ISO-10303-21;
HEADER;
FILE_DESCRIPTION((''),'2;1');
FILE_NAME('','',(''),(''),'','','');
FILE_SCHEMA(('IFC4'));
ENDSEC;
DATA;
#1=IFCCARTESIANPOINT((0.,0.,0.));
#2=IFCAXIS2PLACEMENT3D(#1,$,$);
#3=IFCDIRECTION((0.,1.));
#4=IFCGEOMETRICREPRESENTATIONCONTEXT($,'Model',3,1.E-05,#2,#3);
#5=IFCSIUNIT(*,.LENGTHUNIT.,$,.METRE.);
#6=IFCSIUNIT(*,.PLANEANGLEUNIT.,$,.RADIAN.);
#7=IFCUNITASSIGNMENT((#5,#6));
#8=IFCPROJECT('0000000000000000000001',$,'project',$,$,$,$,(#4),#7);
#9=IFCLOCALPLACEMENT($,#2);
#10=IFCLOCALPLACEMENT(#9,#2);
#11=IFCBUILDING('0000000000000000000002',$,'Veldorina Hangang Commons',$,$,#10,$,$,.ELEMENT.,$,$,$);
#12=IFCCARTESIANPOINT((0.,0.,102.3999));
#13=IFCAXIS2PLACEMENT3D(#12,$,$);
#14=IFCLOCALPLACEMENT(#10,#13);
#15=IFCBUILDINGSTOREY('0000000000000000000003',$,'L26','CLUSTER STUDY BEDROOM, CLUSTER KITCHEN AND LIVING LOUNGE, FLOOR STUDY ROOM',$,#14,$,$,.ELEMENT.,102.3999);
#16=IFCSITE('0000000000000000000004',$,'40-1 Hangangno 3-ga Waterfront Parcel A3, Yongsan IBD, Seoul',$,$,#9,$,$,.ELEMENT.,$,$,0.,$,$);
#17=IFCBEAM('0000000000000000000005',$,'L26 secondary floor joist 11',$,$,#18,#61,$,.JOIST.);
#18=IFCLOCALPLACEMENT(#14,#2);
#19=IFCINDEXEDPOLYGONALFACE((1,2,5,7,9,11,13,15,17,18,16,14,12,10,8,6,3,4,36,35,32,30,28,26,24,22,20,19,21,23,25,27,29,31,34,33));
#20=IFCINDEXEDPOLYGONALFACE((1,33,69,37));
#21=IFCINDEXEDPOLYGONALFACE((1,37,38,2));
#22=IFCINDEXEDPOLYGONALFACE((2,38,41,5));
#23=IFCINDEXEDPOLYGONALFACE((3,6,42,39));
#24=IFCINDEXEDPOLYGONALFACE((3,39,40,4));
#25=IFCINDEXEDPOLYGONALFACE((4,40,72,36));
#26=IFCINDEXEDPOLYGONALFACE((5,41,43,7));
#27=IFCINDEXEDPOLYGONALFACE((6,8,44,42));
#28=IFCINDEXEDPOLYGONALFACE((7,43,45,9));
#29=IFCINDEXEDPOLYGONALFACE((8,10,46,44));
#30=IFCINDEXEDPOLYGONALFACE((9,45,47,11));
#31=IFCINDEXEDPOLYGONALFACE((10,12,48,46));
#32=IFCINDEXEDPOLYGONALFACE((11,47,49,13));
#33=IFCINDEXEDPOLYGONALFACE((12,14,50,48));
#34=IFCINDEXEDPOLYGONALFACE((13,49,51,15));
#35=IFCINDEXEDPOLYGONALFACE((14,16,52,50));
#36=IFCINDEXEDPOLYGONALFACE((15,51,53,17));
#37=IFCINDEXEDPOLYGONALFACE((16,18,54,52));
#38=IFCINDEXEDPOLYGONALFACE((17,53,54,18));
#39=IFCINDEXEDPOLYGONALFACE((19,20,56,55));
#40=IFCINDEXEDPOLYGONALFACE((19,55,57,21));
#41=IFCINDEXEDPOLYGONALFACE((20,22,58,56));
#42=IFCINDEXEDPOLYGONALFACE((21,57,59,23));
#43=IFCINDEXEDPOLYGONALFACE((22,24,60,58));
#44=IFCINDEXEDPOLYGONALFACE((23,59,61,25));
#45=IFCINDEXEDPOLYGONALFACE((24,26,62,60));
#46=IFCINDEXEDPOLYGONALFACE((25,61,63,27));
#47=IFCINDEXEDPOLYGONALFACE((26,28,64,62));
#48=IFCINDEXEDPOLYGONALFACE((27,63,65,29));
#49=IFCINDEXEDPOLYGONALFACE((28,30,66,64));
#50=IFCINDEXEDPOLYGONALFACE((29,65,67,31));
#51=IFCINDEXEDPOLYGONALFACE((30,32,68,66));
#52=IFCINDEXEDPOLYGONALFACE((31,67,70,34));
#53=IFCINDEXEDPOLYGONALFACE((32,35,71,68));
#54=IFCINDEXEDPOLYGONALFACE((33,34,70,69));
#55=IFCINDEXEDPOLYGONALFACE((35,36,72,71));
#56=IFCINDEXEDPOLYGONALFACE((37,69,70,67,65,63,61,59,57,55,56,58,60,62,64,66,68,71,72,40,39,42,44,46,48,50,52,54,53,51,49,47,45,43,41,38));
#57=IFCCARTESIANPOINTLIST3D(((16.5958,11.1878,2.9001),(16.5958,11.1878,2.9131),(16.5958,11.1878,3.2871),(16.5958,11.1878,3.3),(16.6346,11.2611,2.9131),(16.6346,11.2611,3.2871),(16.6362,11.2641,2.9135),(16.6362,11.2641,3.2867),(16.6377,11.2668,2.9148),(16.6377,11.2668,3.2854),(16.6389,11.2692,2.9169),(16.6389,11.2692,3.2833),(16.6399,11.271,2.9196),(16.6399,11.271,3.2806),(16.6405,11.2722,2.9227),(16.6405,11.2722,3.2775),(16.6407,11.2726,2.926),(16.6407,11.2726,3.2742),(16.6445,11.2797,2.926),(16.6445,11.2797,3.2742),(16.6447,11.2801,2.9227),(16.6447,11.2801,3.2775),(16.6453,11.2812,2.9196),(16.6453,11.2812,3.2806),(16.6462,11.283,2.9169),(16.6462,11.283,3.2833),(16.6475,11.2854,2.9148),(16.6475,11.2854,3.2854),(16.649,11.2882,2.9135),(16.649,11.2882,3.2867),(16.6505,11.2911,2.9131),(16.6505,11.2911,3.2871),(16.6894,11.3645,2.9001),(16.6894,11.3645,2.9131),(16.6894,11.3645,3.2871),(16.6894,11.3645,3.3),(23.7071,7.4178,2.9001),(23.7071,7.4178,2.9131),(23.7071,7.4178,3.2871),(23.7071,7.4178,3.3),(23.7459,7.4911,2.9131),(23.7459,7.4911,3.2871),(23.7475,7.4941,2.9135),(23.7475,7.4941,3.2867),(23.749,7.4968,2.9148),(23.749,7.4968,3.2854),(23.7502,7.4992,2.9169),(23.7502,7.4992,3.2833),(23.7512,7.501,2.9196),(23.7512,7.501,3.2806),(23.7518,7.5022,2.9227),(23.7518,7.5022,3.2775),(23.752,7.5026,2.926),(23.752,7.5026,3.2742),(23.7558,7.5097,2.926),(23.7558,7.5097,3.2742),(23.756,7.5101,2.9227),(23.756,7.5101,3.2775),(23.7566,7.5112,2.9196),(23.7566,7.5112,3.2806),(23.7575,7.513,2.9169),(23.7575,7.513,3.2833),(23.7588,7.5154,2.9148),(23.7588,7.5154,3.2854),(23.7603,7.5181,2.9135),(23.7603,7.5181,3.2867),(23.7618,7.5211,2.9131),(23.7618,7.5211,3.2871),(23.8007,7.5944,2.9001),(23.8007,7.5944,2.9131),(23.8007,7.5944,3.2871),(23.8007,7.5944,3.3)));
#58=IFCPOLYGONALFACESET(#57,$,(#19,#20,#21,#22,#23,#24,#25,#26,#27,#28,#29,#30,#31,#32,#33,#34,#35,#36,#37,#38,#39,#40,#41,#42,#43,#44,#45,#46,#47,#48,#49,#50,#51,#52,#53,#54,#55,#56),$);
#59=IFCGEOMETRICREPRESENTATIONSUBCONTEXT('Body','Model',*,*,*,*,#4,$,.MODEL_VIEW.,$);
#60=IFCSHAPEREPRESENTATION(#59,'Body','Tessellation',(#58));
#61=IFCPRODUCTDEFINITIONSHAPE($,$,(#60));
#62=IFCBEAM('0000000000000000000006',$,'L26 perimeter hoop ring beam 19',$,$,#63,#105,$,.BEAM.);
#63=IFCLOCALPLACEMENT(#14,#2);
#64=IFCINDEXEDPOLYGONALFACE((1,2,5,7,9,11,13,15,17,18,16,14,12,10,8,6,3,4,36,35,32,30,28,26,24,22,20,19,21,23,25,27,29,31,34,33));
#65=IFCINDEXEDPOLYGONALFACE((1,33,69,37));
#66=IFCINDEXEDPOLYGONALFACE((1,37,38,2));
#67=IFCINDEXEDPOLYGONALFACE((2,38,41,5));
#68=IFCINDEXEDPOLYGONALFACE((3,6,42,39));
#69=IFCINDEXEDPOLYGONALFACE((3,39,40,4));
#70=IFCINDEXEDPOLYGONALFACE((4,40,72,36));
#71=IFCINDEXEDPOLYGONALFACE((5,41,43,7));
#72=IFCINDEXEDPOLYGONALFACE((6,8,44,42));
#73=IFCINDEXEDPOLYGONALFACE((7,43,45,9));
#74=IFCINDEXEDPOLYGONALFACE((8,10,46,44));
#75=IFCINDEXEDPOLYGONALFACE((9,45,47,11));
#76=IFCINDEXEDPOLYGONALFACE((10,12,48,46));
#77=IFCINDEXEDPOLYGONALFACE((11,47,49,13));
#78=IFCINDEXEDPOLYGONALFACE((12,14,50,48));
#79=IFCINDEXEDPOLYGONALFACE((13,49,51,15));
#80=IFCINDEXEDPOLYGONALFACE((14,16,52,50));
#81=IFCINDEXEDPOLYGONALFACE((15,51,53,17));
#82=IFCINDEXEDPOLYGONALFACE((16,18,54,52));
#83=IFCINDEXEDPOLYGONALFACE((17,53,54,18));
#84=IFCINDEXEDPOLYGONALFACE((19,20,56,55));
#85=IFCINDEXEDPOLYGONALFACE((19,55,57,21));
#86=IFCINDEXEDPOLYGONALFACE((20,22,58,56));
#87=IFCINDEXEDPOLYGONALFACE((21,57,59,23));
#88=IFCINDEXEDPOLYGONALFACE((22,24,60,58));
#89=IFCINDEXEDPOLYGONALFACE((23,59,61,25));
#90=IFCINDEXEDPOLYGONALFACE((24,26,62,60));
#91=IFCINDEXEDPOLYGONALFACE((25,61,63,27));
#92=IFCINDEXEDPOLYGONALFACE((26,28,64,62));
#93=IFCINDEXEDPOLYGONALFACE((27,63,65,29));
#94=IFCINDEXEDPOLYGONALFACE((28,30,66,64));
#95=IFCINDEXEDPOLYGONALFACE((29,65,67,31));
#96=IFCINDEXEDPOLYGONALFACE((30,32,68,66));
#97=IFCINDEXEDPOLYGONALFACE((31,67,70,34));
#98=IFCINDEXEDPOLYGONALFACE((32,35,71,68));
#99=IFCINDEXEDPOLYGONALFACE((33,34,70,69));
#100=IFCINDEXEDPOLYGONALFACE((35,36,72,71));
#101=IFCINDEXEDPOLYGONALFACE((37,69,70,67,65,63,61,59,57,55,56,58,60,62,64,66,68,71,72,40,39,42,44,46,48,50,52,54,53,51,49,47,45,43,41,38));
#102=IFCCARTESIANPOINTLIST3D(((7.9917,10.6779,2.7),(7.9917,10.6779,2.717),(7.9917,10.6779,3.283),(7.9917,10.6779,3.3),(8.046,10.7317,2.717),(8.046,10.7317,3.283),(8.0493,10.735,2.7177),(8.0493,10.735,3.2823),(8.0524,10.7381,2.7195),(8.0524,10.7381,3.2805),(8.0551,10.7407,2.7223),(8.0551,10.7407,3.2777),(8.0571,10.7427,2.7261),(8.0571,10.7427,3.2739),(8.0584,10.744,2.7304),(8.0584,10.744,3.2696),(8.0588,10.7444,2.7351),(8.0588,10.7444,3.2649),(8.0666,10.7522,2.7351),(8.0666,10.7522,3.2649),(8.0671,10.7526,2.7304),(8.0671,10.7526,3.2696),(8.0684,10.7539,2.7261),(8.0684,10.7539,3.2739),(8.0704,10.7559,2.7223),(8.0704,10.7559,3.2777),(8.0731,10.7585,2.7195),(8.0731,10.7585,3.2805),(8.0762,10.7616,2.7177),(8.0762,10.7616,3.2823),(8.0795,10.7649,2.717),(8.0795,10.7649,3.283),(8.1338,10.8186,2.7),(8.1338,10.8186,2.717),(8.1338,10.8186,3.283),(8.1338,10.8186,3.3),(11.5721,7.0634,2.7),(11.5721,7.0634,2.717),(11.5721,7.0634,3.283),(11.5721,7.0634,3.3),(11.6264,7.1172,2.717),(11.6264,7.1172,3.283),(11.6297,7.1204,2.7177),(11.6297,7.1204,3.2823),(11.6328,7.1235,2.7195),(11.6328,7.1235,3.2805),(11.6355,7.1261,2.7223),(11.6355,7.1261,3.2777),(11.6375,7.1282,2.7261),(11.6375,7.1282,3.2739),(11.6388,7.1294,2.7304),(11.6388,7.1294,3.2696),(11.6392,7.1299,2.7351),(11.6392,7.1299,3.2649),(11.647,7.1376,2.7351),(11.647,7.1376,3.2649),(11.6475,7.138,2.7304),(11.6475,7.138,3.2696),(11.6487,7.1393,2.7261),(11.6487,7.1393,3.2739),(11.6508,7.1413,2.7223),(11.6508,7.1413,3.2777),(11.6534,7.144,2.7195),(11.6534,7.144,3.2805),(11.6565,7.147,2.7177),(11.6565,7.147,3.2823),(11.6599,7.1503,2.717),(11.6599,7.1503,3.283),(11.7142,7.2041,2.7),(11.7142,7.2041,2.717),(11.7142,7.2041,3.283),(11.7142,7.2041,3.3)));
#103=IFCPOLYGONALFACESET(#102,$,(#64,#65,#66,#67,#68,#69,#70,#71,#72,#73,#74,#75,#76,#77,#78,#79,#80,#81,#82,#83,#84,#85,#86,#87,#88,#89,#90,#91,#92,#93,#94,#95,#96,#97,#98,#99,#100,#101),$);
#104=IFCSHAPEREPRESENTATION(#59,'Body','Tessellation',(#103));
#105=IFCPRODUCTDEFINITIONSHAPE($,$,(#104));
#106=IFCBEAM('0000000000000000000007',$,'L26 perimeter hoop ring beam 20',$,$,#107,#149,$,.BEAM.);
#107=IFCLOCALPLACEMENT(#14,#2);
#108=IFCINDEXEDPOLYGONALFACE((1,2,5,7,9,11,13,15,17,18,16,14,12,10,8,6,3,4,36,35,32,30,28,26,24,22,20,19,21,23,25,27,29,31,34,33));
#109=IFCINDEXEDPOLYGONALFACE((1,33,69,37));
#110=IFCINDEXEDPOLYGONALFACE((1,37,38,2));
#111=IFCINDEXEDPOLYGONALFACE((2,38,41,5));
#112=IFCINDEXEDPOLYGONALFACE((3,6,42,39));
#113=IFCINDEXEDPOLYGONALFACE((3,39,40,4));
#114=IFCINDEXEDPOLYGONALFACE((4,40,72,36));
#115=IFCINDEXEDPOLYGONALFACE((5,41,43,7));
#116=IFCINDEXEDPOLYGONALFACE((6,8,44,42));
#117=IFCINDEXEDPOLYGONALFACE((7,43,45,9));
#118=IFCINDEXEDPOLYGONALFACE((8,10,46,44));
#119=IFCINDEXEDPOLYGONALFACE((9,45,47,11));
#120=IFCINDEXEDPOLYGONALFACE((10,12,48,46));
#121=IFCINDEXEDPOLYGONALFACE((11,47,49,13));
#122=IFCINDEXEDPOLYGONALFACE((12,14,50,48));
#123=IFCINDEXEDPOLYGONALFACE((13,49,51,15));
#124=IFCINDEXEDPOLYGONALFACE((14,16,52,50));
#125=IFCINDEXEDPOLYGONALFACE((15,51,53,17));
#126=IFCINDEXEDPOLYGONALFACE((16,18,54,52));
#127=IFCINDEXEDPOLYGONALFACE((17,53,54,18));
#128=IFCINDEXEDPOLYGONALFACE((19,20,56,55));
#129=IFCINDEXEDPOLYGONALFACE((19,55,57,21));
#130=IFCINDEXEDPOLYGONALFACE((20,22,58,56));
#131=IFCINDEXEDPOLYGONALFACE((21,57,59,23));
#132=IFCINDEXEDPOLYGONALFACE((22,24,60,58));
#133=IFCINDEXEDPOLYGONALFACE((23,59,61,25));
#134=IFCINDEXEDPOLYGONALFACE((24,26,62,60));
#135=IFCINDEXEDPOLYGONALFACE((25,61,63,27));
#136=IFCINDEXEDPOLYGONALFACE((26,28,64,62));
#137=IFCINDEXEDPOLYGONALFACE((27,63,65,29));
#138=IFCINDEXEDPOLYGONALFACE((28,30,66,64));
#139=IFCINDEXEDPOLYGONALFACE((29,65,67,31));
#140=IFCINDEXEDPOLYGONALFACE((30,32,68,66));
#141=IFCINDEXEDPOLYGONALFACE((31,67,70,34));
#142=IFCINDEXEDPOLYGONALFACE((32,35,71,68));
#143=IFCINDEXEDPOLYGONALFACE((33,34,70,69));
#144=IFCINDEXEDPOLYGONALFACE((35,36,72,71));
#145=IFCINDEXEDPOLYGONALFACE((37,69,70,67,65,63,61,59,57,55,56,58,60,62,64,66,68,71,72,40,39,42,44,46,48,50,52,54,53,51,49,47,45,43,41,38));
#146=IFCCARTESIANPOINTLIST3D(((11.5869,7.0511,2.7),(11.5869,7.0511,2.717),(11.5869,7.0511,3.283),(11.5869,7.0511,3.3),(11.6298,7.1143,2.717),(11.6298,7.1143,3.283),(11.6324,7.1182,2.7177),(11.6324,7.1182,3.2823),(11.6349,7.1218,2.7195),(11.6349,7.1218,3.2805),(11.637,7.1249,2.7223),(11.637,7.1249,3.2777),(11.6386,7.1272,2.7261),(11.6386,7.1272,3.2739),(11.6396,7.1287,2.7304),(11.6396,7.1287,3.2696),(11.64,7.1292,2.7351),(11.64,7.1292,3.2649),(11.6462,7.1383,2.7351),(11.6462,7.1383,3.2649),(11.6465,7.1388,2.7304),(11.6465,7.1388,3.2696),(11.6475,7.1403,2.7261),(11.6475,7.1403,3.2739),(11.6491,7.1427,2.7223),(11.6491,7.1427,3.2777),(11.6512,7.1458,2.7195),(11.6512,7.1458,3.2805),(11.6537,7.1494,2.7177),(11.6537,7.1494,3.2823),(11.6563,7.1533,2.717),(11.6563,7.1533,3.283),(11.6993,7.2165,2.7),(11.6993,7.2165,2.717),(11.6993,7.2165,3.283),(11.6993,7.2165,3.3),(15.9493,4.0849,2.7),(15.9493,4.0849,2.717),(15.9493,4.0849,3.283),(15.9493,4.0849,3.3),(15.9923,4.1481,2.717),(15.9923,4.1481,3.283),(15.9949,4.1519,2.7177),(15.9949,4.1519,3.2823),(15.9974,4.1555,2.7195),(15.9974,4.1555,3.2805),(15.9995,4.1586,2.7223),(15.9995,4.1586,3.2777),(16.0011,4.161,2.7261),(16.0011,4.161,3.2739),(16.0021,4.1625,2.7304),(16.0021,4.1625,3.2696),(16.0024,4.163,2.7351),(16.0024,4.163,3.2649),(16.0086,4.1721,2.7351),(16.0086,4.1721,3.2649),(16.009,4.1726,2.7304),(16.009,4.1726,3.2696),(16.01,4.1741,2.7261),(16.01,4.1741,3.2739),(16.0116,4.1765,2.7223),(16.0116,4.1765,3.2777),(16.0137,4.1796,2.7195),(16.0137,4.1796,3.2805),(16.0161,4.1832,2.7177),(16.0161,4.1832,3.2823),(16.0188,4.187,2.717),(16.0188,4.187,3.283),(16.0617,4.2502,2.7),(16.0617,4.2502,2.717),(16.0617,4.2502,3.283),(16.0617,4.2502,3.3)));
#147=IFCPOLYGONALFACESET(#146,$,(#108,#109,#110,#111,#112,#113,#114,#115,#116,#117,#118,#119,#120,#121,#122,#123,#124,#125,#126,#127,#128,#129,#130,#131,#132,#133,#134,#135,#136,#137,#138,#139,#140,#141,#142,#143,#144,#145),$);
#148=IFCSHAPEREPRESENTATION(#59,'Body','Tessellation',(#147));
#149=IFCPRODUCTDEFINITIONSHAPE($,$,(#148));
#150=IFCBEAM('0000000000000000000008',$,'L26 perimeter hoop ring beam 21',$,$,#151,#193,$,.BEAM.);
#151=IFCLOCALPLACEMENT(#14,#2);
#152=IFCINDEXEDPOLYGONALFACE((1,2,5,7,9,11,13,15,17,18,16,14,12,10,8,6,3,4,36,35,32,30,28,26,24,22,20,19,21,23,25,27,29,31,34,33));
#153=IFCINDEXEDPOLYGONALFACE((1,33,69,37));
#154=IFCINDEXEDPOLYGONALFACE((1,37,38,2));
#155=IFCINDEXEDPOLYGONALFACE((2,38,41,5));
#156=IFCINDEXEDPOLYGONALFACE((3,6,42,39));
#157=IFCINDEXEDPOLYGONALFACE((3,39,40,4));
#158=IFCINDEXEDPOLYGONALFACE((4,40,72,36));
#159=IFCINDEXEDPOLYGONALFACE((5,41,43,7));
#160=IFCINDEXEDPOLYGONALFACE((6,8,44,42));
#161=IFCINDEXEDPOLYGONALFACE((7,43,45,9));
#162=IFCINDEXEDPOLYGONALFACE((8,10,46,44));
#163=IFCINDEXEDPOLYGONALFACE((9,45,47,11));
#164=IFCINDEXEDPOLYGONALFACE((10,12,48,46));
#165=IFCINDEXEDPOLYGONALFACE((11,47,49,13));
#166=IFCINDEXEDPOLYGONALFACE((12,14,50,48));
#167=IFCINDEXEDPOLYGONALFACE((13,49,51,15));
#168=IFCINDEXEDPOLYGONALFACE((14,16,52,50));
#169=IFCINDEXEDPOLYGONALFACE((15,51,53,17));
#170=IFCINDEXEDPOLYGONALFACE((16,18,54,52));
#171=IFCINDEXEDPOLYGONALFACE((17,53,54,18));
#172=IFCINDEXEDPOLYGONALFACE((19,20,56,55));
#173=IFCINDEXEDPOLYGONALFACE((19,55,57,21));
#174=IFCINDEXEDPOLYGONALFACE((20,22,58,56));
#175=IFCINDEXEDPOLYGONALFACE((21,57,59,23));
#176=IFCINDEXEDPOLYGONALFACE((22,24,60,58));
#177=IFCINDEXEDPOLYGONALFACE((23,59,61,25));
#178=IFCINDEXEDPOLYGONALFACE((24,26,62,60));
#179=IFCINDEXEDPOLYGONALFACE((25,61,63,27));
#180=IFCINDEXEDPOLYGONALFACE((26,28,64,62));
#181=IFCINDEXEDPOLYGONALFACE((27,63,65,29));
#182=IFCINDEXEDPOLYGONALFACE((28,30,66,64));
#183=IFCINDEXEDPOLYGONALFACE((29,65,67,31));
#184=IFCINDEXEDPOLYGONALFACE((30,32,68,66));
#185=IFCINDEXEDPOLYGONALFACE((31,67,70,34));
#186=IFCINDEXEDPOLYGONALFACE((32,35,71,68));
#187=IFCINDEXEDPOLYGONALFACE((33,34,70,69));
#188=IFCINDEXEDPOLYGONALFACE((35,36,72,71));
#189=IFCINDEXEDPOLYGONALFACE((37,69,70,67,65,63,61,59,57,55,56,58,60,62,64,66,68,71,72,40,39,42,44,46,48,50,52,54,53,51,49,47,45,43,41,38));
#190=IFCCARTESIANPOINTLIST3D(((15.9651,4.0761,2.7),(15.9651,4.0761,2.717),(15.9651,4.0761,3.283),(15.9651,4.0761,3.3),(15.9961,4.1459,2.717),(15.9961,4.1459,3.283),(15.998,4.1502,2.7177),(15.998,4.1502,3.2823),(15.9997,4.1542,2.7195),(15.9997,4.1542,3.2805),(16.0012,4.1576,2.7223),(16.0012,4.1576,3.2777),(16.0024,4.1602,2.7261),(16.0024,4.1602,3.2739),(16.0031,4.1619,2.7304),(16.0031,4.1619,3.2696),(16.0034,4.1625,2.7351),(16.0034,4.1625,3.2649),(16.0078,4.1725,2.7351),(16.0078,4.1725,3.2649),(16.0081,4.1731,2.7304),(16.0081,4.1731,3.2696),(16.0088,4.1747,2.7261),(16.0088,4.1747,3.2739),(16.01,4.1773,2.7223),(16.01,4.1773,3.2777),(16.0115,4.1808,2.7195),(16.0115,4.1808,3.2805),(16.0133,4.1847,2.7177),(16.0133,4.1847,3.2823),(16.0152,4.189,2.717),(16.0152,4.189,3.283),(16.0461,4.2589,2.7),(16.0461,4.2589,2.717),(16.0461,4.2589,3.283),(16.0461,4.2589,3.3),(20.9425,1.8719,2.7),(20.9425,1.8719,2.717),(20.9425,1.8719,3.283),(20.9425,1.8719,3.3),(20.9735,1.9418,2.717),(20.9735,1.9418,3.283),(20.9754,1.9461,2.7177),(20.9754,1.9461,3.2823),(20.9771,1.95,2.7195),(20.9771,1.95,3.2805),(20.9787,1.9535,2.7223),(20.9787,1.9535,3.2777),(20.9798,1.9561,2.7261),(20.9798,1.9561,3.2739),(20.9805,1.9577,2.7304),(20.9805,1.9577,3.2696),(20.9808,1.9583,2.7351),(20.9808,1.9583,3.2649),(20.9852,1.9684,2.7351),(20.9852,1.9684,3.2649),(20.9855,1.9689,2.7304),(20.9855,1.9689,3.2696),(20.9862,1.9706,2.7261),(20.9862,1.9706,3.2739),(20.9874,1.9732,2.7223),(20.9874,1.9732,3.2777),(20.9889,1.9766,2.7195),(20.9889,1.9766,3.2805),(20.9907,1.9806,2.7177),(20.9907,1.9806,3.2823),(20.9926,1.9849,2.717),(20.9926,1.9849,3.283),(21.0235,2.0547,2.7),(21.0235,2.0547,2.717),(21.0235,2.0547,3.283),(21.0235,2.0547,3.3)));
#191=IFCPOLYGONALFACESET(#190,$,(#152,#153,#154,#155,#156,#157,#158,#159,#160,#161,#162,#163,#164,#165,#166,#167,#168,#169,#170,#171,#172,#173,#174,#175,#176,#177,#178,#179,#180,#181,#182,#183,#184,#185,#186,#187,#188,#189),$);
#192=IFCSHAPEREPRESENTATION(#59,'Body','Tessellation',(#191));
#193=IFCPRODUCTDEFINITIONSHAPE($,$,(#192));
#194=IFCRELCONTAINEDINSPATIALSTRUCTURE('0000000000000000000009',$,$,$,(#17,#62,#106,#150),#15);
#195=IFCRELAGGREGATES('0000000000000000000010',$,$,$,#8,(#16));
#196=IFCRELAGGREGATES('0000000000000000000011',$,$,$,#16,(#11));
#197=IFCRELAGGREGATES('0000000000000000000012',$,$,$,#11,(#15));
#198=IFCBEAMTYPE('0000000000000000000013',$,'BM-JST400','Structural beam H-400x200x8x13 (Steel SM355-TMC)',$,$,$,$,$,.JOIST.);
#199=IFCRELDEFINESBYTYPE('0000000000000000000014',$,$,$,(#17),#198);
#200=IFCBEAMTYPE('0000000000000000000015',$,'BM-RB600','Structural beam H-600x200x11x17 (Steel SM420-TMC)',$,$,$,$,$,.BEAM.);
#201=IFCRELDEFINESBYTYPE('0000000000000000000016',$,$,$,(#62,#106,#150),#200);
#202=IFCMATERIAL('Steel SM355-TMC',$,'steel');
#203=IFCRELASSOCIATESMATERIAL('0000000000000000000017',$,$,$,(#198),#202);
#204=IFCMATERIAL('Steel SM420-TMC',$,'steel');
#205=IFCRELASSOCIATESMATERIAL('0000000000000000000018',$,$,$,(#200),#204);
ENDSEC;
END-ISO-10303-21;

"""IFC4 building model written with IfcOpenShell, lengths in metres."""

from ifc_helpers import new_model, si_unit, direction, frame, origin, origin_2d, place, context, subcontext, project, spatial, i_section, extrude, material, material_profile, profile_set, type_object, element, save


model = new_model("IFC4")

# Units and contexts
model_context = context("Model", 3, precision=1e-05, world=origin(), true_north=direction((0.0, 1.0)))
body_context = subcontext(model_context, "Body", "Model", "MODEL_VIEW")
ifc_project = project(units=[si_unit("LENGTHUNIT", "METRE"), si_unit("PLANEANGLEUNIT", "RADIAN")], contexts=[model_context])

# Site, building, storey
site_placement = place(None, origin())
site = spatial("IfcSite", under=ifc_project, at=site_placement, Name="40-1 Hangangno 3-ga Waterfront Parcel A3, Yongsan IBD, Seoul", CompositionType="ELEMENT", RefElevation=0.0)
building_placement = place(site_placement, origin())
building = spatial("IfcBuilding", under=site, at=building_placement, Name="Veldorina Hangang Commons", CompositionType="ELEMENT")
storey_placement = place(building_placement, frame((0.0, 0.0, 102.3999)))
storey = spatial("IfcBuildingStorey", under=building, at=storey_placement, Name="L26", Description="CLUSTER STUDY BEDROOM, CLUSTER KITCHEN AND LIVING LOUNGE, FLOOR STUDY ROOM", CompositionType="ELEMENT", Elevation=102.3999)

# Beams
ifc_material_1 = material(Name="Steel SM355-TMC", Category="steel")
ifc_material_profile_1 = material_profile(ifc_material_1, i_section(OverallWidth=0.2, OverallDepth=0.3999, WebThickness=0.0081, FlangeThickness=0.0129, FilletRadius=0.0129, at=origin_2d()), Name="H-400x200x8x13")
ifc_profile_set_1 = profile_set([ifc_material_profile_1], Name="Steel SM355-TMC")
beam_type_1 = type_object("IfcBeamType", Name="BM-JST400", Description="Structural beam H-400x200x8x13 (Steel SM355-TMC)", PredefinedType="JOIST", material=ifc_profile_set_1)
beam_1_placement = place(storey_placement, frame((16.6426, 11.2761, 3.1001), z_axis=(0.883521, -0.468392, 0.0), x_axis=(0.468392, 0.883521, 0.0)))
element("IfcBeam", 1, at=beam_1_placement, inside=storey, type_object=beam_type_1, Name="L26 secondary floor joist 11", PredefinedType="JOIST", context=body_context, shape_type="SweptSolid", body=[
    extrude(i_section(OverallWidth=0.2, OverallDepth=0.3999, WebThickness=0.0081, FlangeThickness=0.0129, FilletRadius=0.0129, at=origin_2d()), origin(), (0.0, 0.0, 1.0), 8.0488),
])
ifc_material_2 = material(Name="Steel SM420-TMC", Category="steel")
ifc_material_profile_2 = material_profile(ifc_material_2, i_section(OverallWidth=0.2, OverallDepth=0.6001, WebThickness=0.011, FlangeThickness=0.0171, FilletRadius=0.0181, at=origin_2d()), Name="H-600x200x11x17")
ifc_profile_set_2 = profile_set([ifc_material_profile_2], Name="Steel SM420-TMC")
beam_type_2 = type_object("IfcBeamType", Name="BM-RB600", Description="Structural beam H-600x200x11x17 (Steel SM420-TMC)", PredefinedType="BEAM", material=ifc_profile_set_2)
beam_2_placement = place(storey_placement, frame((8.0627, 10.7483, 3.0), z_axis=(0.70374, -0.710458, 0.0), x_axis=(0.710458, 0.70374, 0.0)))
element("IfcBeam", 2, at=beam_2_placement, inside=storey, type_object=beam_type_2, Name="L26 perimeter hoop ring beam 19", PredefinedType="BEAM", context=body_context, shape_type="SweptSolid", body=[
    extrude(i_section(OverallWidth=0.2, OverallDepth=0.6001, WebThickness=0.011, FlangeThickness=0.0171, FilletRadius=0.0181, at=origin_2d()), origin(), (0.0, 0.0, 1.0), 5.0876),
])
beam_3_placement = place(storey_placement, frame((11.6431, 7.1338, 3.0), z_axis=(0.826946, -0.562281, 0.0), x_axis=(0.562281, 0.826946, 0.0)))
element("IfcBeam", 3, at=beam_3_placement, inside=storey, type_object=beam_type_2, Name="L26 perimeter hoop ring beam 20", PredefinedType="BEAM", context=body_context, shape_type="SweptSolid", body=[
    extrude(i_section(OverallWidth=0.2, OverallDepth=0.6001, WebThickness=0.011, FlangeThickness=0.0171, FilletRadius=0.0181, at=origin_2d()), origin(), (0.0, 0.0, 1.0), 5.2754),
])
beam_4_placement = place(storey_placement, frame((16.0056, 4.1675, 3.0), z_axis=(0.914358, -0.404906, 0.0), x_axis=(0.404906, 0.914358, 0.0)))
element("IfcBeam", 4, at=beam_4_placement, inside=storey, type_object=beam_type_2, Name="L26 perimeter hoop ring beam 21", PredefinedType="BEAM", context=body_context, shape_type="SweptSolid", body=[
    extrude(i_section(OverallWidth=0.2, OverallDepth=0.6001, WebThickness=0.011, FlangeThickness=0.0171, FilletRadius=0.0181, at=origin_2d()), origin(), (0.0, 0.0, 1.0), 5.4436),
])

save(model, "model.ifc")
